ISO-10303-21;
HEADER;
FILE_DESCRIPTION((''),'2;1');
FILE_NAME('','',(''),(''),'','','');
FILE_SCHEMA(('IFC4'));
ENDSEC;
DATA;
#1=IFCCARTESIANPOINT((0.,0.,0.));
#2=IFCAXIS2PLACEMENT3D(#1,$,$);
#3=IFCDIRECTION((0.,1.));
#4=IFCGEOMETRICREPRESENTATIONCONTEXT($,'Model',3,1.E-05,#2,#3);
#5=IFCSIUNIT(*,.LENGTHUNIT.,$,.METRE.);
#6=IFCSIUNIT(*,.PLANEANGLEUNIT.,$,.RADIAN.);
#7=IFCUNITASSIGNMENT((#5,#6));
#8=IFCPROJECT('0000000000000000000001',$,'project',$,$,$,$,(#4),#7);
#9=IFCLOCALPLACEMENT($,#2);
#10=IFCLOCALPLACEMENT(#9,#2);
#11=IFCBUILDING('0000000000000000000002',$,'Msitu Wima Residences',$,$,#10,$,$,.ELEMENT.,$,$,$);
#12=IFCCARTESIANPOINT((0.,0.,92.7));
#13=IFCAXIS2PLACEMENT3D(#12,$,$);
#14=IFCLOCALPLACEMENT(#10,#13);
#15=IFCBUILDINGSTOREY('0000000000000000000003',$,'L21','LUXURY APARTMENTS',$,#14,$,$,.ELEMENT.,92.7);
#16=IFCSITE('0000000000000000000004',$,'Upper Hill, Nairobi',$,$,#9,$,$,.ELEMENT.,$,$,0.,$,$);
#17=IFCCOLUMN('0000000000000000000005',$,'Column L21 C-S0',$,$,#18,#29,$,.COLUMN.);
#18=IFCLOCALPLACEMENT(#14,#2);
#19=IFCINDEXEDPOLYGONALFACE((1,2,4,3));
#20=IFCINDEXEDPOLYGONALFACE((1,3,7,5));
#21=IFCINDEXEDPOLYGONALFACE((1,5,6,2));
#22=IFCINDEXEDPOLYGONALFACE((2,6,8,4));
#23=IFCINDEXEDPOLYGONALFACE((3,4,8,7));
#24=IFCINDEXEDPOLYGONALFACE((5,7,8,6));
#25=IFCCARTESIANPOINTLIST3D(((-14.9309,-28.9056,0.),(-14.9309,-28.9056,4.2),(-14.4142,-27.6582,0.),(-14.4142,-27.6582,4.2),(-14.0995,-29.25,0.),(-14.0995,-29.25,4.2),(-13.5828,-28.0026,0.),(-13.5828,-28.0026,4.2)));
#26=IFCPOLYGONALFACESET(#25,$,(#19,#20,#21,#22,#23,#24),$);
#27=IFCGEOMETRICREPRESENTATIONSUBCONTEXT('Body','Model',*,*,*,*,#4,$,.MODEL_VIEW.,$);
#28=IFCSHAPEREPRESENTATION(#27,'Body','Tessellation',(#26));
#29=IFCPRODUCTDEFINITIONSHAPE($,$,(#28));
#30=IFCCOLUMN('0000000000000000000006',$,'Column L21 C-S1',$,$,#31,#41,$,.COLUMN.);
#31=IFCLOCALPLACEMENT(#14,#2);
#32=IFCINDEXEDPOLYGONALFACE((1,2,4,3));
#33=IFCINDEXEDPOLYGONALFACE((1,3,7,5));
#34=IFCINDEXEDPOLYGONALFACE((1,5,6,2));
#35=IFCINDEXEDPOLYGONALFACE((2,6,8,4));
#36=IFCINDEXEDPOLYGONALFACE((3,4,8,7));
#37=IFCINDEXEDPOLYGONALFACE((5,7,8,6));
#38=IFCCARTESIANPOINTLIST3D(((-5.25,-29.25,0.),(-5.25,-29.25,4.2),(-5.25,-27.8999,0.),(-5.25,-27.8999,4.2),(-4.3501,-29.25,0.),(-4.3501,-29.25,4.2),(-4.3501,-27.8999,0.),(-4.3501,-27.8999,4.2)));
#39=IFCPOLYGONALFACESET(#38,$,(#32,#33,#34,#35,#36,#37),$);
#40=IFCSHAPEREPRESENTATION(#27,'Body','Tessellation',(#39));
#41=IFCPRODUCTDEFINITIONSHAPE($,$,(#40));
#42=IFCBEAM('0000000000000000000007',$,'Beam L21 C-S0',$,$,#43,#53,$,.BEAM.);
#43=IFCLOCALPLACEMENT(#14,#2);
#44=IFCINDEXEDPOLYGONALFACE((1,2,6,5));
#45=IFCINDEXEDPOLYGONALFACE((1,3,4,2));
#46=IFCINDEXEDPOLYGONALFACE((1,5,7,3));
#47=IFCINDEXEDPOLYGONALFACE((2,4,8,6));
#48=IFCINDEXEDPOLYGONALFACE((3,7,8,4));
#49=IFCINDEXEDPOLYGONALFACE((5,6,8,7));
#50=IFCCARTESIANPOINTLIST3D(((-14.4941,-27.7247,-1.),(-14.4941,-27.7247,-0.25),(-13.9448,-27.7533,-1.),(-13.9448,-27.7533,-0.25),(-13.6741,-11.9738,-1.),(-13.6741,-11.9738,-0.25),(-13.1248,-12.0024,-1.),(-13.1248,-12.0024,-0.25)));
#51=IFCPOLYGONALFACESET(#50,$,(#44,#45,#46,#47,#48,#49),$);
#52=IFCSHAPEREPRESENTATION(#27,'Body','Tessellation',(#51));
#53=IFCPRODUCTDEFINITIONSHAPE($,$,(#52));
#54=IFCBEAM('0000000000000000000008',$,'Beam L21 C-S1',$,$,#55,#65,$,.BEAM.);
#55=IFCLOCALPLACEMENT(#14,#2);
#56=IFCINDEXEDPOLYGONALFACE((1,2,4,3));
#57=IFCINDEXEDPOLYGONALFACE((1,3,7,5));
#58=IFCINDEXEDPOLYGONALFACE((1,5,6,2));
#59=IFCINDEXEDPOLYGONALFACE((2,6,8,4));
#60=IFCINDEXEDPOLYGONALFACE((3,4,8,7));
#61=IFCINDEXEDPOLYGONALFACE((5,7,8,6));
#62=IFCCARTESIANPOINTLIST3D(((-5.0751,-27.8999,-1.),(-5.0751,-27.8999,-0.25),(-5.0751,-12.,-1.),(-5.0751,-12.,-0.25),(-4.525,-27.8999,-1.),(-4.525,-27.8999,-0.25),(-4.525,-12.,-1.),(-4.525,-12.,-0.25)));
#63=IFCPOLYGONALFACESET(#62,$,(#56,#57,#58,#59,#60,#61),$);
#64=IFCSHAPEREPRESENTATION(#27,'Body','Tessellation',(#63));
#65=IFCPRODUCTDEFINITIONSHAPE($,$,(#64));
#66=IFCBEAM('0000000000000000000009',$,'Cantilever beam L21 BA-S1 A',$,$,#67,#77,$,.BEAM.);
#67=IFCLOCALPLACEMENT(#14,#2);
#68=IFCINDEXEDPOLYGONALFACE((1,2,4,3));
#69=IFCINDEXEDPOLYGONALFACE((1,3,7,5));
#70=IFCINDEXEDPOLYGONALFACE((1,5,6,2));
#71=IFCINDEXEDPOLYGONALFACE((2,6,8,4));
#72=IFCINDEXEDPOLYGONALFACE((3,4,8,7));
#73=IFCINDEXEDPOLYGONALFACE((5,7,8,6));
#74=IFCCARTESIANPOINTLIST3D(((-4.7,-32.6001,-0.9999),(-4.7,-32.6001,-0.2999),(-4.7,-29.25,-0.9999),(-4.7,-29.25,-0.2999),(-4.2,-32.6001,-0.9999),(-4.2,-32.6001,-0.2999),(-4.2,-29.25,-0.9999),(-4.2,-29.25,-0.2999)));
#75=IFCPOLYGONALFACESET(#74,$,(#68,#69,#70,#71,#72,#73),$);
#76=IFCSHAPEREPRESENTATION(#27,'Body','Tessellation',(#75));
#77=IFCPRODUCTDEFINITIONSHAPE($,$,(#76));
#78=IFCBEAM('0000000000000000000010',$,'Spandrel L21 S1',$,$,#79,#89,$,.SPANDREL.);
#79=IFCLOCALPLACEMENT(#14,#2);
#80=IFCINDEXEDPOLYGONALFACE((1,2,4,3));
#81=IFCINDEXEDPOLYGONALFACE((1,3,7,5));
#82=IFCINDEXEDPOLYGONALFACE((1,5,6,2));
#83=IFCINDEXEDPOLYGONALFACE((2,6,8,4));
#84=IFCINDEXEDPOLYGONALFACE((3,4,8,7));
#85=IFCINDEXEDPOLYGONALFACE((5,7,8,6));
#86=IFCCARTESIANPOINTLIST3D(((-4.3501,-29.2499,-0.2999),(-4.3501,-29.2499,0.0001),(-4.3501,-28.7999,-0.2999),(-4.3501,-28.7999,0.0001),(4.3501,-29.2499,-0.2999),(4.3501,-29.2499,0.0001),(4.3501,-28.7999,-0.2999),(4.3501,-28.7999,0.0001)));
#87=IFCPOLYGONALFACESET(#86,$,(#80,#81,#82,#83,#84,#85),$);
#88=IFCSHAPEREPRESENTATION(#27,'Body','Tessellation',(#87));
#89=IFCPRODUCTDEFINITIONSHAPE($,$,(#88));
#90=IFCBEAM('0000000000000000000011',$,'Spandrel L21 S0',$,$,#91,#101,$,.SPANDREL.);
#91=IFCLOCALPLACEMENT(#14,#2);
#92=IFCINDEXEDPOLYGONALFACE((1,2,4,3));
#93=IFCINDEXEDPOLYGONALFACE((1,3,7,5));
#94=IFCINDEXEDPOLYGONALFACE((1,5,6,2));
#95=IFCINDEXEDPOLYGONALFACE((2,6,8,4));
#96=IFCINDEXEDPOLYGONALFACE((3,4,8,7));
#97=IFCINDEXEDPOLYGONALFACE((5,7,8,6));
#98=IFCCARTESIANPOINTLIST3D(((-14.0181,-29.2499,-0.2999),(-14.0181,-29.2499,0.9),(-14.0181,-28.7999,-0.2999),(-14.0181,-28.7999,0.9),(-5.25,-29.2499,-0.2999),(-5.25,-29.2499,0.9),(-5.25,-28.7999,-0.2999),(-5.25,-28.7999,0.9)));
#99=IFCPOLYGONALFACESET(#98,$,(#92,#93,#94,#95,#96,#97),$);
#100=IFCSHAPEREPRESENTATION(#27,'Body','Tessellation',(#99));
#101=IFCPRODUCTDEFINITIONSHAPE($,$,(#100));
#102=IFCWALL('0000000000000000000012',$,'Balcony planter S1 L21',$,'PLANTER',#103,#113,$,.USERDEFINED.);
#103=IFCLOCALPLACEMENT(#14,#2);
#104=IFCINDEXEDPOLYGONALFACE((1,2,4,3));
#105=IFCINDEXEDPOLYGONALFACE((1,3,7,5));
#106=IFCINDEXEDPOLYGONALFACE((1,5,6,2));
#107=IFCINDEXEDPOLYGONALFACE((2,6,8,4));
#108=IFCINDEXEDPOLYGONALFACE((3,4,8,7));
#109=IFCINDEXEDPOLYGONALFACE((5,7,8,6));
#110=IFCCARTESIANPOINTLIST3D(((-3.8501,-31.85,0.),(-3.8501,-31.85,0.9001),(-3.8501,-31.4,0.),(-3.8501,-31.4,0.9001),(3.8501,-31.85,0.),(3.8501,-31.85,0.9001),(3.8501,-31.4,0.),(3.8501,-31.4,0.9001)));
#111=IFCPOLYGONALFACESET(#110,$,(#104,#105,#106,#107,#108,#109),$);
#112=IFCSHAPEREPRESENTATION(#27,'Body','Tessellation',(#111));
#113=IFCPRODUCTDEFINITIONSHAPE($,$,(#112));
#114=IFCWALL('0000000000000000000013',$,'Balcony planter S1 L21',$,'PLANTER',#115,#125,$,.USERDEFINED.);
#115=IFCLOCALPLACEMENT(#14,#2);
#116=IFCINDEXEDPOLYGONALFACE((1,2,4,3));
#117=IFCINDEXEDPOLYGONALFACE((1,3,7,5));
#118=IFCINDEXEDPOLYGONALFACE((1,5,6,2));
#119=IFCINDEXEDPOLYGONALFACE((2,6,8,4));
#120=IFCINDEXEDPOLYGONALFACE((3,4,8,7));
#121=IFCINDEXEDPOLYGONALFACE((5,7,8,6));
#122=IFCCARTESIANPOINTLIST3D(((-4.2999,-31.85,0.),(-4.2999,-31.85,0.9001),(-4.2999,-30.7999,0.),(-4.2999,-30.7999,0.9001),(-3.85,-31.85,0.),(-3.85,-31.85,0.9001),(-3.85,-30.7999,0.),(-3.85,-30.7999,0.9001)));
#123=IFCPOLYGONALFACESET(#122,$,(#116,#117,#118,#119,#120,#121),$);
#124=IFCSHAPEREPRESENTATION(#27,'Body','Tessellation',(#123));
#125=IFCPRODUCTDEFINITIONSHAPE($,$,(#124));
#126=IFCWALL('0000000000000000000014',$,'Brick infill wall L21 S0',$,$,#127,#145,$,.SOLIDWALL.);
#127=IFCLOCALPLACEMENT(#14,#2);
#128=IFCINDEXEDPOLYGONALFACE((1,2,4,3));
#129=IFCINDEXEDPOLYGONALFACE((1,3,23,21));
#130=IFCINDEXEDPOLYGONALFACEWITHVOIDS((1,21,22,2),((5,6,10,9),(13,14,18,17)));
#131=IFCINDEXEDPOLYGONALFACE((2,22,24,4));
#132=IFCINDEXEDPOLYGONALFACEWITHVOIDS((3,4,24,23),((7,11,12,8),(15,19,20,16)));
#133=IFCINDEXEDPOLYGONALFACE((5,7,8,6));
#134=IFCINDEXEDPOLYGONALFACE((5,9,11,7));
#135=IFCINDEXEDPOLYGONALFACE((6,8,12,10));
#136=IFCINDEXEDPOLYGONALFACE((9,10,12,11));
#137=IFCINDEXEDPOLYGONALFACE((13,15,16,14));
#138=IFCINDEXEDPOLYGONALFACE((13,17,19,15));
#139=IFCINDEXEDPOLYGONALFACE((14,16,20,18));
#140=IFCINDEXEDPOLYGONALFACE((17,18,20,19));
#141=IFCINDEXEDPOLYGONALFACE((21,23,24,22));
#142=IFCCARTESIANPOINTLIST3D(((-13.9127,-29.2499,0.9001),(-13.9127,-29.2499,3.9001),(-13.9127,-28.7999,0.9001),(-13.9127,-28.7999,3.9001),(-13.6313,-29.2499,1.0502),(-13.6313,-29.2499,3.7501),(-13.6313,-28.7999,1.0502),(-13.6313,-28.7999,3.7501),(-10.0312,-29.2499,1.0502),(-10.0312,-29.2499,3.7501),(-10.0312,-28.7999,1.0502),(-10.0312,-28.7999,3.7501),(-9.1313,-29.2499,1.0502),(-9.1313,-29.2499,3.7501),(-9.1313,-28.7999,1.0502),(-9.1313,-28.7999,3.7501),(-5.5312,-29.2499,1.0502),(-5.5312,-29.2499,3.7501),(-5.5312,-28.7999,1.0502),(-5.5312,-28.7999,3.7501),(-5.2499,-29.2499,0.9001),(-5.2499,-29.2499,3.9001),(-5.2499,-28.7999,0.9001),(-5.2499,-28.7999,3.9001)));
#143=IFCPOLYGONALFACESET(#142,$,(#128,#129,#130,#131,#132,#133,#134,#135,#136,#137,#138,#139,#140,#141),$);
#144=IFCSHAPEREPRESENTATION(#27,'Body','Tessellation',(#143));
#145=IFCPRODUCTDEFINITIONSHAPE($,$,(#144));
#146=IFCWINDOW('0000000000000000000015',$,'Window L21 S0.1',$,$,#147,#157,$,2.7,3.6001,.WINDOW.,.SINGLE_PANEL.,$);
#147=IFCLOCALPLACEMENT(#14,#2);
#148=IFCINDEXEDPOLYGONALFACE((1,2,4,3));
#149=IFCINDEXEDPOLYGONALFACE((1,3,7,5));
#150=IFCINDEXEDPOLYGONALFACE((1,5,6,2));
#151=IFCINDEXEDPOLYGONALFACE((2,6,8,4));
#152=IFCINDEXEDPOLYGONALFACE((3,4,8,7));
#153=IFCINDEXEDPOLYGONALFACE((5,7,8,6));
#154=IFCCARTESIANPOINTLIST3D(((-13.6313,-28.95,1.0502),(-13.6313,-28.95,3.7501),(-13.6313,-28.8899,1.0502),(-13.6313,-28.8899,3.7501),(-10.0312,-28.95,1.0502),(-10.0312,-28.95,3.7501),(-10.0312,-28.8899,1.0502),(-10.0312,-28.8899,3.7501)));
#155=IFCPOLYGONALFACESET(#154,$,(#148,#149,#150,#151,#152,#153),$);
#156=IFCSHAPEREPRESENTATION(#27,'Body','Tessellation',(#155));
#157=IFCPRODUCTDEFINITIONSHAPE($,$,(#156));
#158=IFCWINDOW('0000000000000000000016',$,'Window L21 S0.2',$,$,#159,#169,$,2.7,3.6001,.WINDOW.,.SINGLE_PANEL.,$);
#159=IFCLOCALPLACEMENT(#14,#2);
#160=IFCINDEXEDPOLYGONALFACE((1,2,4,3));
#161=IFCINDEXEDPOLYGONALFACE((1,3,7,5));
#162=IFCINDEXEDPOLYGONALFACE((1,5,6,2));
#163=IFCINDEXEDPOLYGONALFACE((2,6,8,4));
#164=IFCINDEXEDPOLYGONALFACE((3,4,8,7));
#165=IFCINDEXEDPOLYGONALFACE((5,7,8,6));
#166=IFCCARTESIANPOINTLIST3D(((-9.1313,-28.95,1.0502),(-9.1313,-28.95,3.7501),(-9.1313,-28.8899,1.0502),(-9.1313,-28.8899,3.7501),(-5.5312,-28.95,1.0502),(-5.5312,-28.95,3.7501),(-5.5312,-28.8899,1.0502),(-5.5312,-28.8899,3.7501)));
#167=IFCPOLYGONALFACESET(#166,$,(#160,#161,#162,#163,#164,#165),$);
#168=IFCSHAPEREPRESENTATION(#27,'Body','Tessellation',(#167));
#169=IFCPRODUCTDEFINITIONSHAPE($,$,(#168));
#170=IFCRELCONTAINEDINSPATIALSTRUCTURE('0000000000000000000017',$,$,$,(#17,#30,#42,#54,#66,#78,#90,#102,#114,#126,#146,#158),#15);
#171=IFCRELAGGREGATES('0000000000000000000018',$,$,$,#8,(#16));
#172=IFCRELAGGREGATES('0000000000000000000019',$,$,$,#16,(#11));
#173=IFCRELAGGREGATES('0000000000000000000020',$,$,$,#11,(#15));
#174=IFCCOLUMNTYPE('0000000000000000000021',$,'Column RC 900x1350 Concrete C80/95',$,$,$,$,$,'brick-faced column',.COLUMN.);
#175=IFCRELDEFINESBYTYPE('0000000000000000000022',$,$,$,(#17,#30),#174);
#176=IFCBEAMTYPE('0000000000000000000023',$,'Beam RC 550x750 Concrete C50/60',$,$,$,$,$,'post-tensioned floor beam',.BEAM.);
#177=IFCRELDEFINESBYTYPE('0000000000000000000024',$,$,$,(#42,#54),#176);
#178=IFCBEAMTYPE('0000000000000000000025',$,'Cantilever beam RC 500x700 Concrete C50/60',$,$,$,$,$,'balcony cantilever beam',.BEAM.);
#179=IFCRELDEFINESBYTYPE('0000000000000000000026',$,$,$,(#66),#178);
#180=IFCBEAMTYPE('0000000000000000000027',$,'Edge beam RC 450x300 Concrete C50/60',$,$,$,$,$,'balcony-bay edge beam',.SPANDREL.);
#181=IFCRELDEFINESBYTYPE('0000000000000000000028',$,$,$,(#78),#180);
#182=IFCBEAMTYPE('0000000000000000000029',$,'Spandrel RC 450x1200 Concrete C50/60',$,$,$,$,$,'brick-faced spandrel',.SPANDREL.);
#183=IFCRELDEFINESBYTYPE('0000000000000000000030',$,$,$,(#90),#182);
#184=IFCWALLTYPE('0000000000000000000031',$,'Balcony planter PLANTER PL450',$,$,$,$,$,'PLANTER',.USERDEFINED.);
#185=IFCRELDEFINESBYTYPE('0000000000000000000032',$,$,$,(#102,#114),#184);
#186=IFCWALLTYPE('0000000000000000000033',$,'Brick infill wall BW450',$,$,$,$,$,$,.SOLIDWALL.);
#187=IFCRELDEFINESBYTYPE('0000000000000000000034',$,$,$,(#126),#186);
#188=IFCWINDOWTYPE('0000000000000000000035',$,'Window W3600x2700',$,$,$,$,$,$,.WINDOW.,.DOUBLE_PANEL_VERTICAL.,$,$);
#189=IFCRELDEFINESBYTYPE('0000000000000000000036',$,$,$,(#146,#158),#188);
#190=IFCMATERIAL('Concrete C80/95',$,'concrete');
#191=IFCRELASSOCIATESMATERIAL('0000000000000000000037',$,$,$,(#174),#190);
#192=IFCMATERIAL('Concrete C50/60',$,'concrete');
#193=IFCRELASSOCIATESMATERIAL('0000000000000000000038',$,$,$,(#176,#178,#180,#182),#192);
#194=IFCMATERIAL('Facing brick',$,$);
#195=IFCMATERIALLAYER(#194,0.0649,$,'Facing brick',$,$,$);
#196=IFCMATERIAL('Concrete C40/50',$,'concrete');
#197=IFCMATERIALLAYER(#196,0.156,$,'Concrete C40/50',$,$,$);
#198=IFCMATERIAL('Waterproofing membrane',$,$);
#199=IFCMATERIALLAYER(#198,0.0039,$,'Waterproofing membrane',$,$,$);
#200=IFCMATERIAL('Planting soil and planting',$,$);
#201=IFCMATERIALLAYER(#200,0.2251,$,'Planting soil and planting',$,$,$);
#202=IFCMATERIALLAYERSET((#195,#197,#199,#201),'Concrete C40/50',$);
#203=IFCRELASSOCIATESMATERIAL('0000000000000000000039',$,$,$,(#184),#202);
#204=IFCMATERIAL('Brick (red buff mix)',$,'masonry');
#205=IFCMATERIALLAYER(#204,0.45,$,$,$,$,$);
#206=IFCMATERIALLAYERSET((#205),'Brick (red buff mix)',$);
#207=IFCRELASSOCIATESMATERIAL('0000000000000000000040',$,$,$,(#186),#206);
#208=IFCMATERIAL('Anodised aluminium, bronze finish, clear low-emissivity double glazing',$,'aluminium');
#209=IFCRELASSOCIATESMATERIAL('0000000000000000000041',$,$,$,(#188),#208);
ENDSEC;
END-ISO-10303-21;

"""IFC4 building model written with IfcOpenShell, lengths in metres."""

from ifc_helpers import new_model, si_unit, direction, frame, frame_2d, origin, origin_2d, place, context, subcontext, project, spatial, rectangle, extrude, material, layer, layer_set, material_profile, profile_set, type_object, element, fill, save


model = new_model("IFC4")

# Units and contexts
model_context = context("Model", 3, precision=1e-05, world=origin(), true_north=direction((0.0, 1.0)))
body_context = subcontext(model_context, "Body", "Model", "MODEL_VIEW")
ifc_project = project(units=[si_unit("LENGTHUNIT", "METRE"), si_unit("PLANEANGLEUNIT", "RADIAN")], contexts=[model_context])

# Site, building, storey
site_placement = place(None, origin())
site = spatial("IfcSite", under=ifc_project, at=site_placement, Name="Upper Hill, Nairobi", CompositionType="ELEMENT", RefElevation=0.0)
building_placement = place(site_placement, origin())
building = spatial("IfcBuilding", under=site, at=building_placement, Name="Msitu Wima Residences", CompositionType="ELEMENT")
storey_placement = place(building_placement, frame((0.0, 0.0, 92.7)))
storey = spatial("IfcBuildingStorey", under=building, at=storey_placement, Name="L21", Description="LUXURY APARTMENTS", CompositionType="ELEMENT", Elevation=92.7)

# Columns
ifc_material_1 = material(Name="Concrete C80/95", Category="concrete")
ifc_material_profile_1 = material_profile(ifc_material_1, rectangle(XDim=0.8999, YDim=1.3501, at=origin_2d()), Name="RC 900x1350")
ifc_profile_set_1 = profile_set([ifc_material_profile_1], Name="Concrete C80/95")
column_type = type_object("IfcColumnType", Name="Column RC 900x1350 Concrete C80/95", ElementType="brick-faced column", PredefinedType="COLUMN", material=ifc_profile_set_1)
for number, where, z_axis, x_axis, name in (
    (1, (-14.2568, -28.4541, 0.0), (0.0, 0.0, 1.0), (0.92388, -0.382683, 0.0), "Column L21 C-S0"),
    (2, (-4.8, -28.575, 0.0), (0.0, 0.0, 1.0), (1.0, 0.0, 0.0), "Column L21 C-S1"),
):
    element("IfcColumn", number, at=place(storey_placement, frame(where, z_axis=z_axis, x_axis=x_axis)), inside=storey, type_object=column_type, Name=name, PredefinedType="COLUMN", context=body_context, shape_type="SweptSolid", body=[
        extrude(rectangle(XDim=0.8999, YDim=1.3501, at=origin_2d()), origin(), (0.0, 0.0, 1.0), 4.2),
    ])

# Beams
ifc_material_2 = material(Name="Concrete C50/60", Category="concrete")
ifc_material_profile_2 = material_profile(ifc_material_2, rectangle(XDim=0.55, YDim=0.75, at=origin_2d()), Name="RC 550x750")
ifc_profile_set_2 = profile_set([ifc_material_profile_2], Name="Concrete C50/60")
beam_type_1 = type_object("IfcBeamType", Name="Beam RC 550x750 Concrete C50/60", ElementType="post-tensioned floor beam", PredefinedType="BEAM", material=ifc_profile_set_2)
beam_1_placement = place(storey_placement, frame((-14.2195, -27.739, -0.625), z_axis=(0.051994, 0.998647, 0.0), x_axis=(-0.998647, 0.051994, 0.0)))
element("IfcBeam", 3, at=beam_1_placement, inside=storey, type_object=beam_type_1, Name="Beam L21 C-S0", PredefinedType="BEAM", context=body_context, shape_type="SweptSolid", body=[
    extrude(rectangle(XDim=0.55, YDim=0.75, at=origin_2d()), origin(), (0.0, 0.0, 1.0), 15.7722),
])
beam_2_placement = place(storey_placement, frame((-4.8, -27.8999, -0.625), z_axis=(0.0, 1.0, 0.0), x_axis=(-1.0, 0.0, 0.0)))
element("IfcBeam", 4, at=beam_2_placement, inside=storey, type_object=beam_type_1, Name="Beam L21 C-S1", PredefinedType="BEAM", context=body_context, shape_type="SweptSolid", body=[
    extrude(rectangle(XDim=0.55, YDim=0.75, at=origin_2d()), origin(), (0.0, 0.0, 1.0), 15.8999),
])
ifc_material_profile_3 = material_profile(ifc_material_2, rectangle(XDim=0.5, YDim=0.7, at=origin_2d()), Name="RC 500x700")
ifc_profile_set_3 = profile_set([ifc_material_profile_3], Name="Concrete C50/60")
beam_type_2 = type_object("IfcBeamType", Name="Cantilever beam RC 500x700 Concrete C50/60", ElementType="balcony cantilever beam", PredefinedType="BEAM", material=ifc_profile_set_3)
beam_3_placement = place(storey_placement, frame((-4.45, -29.25, -0.6499), z_axis=(0.0, -1.0, 0.0), x_axis=(1.0, 0.0, 0.0)))
element("IfcBeam", 5, at=beam_3_placement, inside=storey, type_object=beam_type_2, Name="Cantilever beam L21 BA-S1 A", PredefinedType="BEAM", context=body_context, shape_type="SweptSolid", body=[
    extrude(rectangle(XDim=0.5, YDim=0.7, at=origin_2d()), origin(), (0.0, 0.0, 1.0), 3.3501),
])
ifc_material_profile_4 = material_profile(ifc_material_2, rectangle(XDim=0.45, YDim=0.3, at=origin_2d()), Name="RC 450x300")
ifc_profile_set_4 = profile_set([ifc_material_profile_4], Name="Concrete C50/60")
beam_type_3 = type_object("IfcBeamType", Name="Edge beam RC 450x300 Concrete C50/60", ElementType="balcony-bay edge beam", PredefinedType="SPANDREL", material=ifc_profile_set_4)
beam_4_placement = place(storey_placement, frame((-4.3501, -29.0249, -0.1499), z_axis=(1.0, 0.0, 0.0), x_axis=(0.0, 1.0, 0.0)))
element("IfcBeam", 6, at=beam_4_placement, inside=storey, type_object=beam_type_3, Name="Spandrel L21 S1", PredefinedType="SPANDREL", context=body_context, shape_type="SweptSolid", body=[
    extrude(rectangle(XDim=0.45, YDim=0.3, at=origin_2d()), origin(), (0.0, 0.0, 1.0), 8.7002),
])
ifc_material_profile_5 = material_profile(ifc_material_2, rectangle(XDim=0.45, YDim=1.2, at=origin_2d()), Name="RC 450x1200")
ifc_profile_set_5 = profile_set([ifc_material_profile_5], Name="Concrete C50/60")
beam_type_4 = type_object("IfcBeamType", Name="Spandrel RC 450x1200 Concrete C50/60", ElementType="brick-faced spandrel", PredefinedType="SPANDREL", material=ifc_profile_set_5)
beam_5_placement = place(storey_placement, frame((-14.0181, -29.0249, 0.3), z_axis=(1.0, 0.0, 0.0), x_axis=(0.0, 1.0, 0.0)))
element("IfcBeam", 7, at=beam_5_placement, inside=storey, type_object=beam_type_4, Name="Spandrel L21 S0", PredefinedType="SPANDREL", context=body_context, shape_type="SweptSolid", body=[
    extrude(rectangle(XDim=0.45, YDim=1.2, at=origin_2d()), origin(), (0.0, 0.0, 1.0), 8.7681),
])

# Walls
ifc_material_3 = material(Name="Facing brick")
ifc_layer_1 = layer(ifc_material_3, 0.0649, Name="Facing brick")
ifc_material_4 = material(Name="Concrete C40/50", Category="concrete")
ifc_layer_2 = layer(ifc_material_4, 0.156, Name="Concrete C40/50")
ifc_material_5 = material(Name="Waterproofing membrane")
ifc_layer_3 = layer(ifc_material_5, 0.0039, Name="Waterproofing membrane")
ifc_material_6 = material(Name="Planting soil and planting")
ifc_layer_4 = layer(ifc_material_6, 0.2251, Name="Planting soil and planting")
ifc_layer_set_1 = layer_set([ifc_layer_1, ifc_layer_2, ifc_layer_3, ifc_layer_4], Name="Concrete C40/50")
wall_type_1 = type_object("IfcWallType", Name="Balcony planter PLANTER PL450", ElementType="PLANTER", PredefinedType="USERDEFINED", material=ifc_layer_set_1)
wall_1_placement = place(storey_placement, frame((-3.8501, -31.625, 0.0), z_axis=(0.0, 0.0, 1.0), x_axis=(1.0, 0.0, 0.0)))
element("IfcWall", 8, at=wall_1_placement, inside=storey, type_object=wall_type_1, Name="Balcony planter S1 L21", ObjectType="PLANTER", PredefinedType="USERDEFINED", context=body_context, shape_type="SweptSolid", body=[
    extrude(rectangle(XDim=7.7002, YDim=0.45, at=frame_2d((3.8501, 0.0))), origin(), (0.0, 0.0, 1.0), 0.9001),
])
wall_2_placement = place(storey_placement, frame((-4.075, -30.8, 0.0), z_axis=(0.0, 0.0, 1.0), x_axis=(0.0, -1.0, 0.0)))
element("IfcWall", 9, at=wall_2_placement, inside=storey, type_object=wall_type_1, Name="Balcony planter S1 L21", ObjectType="PLANTER", PredefinedType="USERDEFINED", context=body_context, shape_type="SweptSolid", body=[
    extrude(rectangle(XDim=1.05, YDim=0.45, at=frame_2d((0.5249, 0.0))), origin(), (0.0, 0.0, 1.0), 0.9001),
])

# Wall, openings, windows
ifc_material_7 = material(Name="Brick (red buff mix)", Category="masonry")
ifc_layer_5 = layer(ifc_material_7, 0.45)
ifc_layer_set_2 = layer_set([ifc_layer_5], Name="Brick (red buff mix)")
wall_type_2 = type_object("IfcWallType", Name="Brick infill wall BW450", PredefinedType="SOLIDWALL", material=ifc_layer_set_2)
wall_3_placement = place(storey_placement, frame((-13.9128, -29.0249, 0.9001), z_axis=(0.0, 0.0, 1.0), x_axis=(1.0, 0.0, 0.0)))
wall_3 = element("IfcWall", 10, at=wall_3_placement, inside=storey, type_object=wall_type_2, Name="Brick infill wall L21 S0", PredefinedType="SOLIDWALL", context=body_context, shape_type="SweptSolid", body=[
    extrude(rectangle(XDim=8.6628, YDim=0.45, at=frame_2d((4.3315, 0.0))), origin(), (0.0, 0.0, 1.0), 3.0),
])
opening_1_placement = place(wall_3_placement, frame((0.2815, 0.0, 0.1499)))
opening_1 = element("IfcOpeningElement", 11, at=opening_1_placement, cuts=wall_3, PredefinedType="OPENING", context=body_context, shape_type="SweptSolid", body=[
    extrude(rectangle(XDim=3.6001, YDim=2.7, at=frame_2d((1.8, 1.3501))), frame((0.0, 0.2349, 0.0), z_axis=(0.0, -1.0, 0.0), x_axis=(1.0, 0.0, 0.0)), (0.0, 0.0, 1.0), 0.47),
])
opening_2_placement = place(wall_3_placement, frame((4.7815, 0.0, 0.1499)))
opening_2 = element("IfcOpeningElement", 12, at=opening_2_placement, cuts=wall_3, PredefinedType="OPENING", context=body_context, shape_type="SweptSolid", body=[
    extrude(rectangle(XDim=3.6001, YDim=2.7, at=frame_2d((1.8, 1.3501))), frame((0.0, 0.2349, 0.0), z_axis=(0.0, -1.0, 0.0), x_axis=(1.0, 0.0, 0.0)), (0.0, 0.0, 1.0), 0.47),
])
ifc_material_8 = material(Name="Anodised aluminium, bronze finish, clear low-emissivity double glazing", Category="aluminium")
window_type = type_object("IfcWindowType", Name="Window W3600x2700", PartitioningType="DOUBLE_PANEL_VERTICAL", PredefinedType="WINDOW", material=ifc_material_8)
window_1_placement = place(opening_1_placement, origin())
window_1 = element("IfcWindow", 13, at=window_1_placement, inside=storey, type_object=window_type, Name="Window L21 S0.1", OverallHeight=2.7, OverallWidth=3.6001, PartitioningType="SINGLE_PANEL", PredefinedType="WINDOW", context=body_context, shape_type="SweptSolid", body=[
    extrude(rectangle(XDim=3.6001, YDim=2.7, at=frame_2d((1.8, 1.3501))), frame((0.0, 0.135, 0.0), z_axis=(0.0, -1.0, 0.0), x_axis=(1.0, 0.0, 0.0)), (0.0, 0.0, 1.0), 0.0601),
])
fill(opening_1, window_1)
window_2_placement = place(opening_2_placement, origin())
window_2 = element("IfcWindow", 14, at=window_2_placement, inside=storey, type_object=window_type, Name="Window L21 S0.2", OverallHeight=2.7, OverallWidth=3.6001, PartitioningType="SINGLE_PANEL", PredefinedType="WINDOW", context=body_context, shape_type="SweptSolid", body=[
    extrude(rectangle(XDim=3.6001, YDim=2.7, at=frame_2d((1.8, 1.3501))), frame((0.0, 0.135, 0.0), z_axis=(0.0, -1.0, 0.0), x_axis=(1.0, 0.0, 0.0)), (0.0, 0.0, 1.0), 0.0601),
])
fill(opening_2, window_2)

save(model, "model.ifc")
